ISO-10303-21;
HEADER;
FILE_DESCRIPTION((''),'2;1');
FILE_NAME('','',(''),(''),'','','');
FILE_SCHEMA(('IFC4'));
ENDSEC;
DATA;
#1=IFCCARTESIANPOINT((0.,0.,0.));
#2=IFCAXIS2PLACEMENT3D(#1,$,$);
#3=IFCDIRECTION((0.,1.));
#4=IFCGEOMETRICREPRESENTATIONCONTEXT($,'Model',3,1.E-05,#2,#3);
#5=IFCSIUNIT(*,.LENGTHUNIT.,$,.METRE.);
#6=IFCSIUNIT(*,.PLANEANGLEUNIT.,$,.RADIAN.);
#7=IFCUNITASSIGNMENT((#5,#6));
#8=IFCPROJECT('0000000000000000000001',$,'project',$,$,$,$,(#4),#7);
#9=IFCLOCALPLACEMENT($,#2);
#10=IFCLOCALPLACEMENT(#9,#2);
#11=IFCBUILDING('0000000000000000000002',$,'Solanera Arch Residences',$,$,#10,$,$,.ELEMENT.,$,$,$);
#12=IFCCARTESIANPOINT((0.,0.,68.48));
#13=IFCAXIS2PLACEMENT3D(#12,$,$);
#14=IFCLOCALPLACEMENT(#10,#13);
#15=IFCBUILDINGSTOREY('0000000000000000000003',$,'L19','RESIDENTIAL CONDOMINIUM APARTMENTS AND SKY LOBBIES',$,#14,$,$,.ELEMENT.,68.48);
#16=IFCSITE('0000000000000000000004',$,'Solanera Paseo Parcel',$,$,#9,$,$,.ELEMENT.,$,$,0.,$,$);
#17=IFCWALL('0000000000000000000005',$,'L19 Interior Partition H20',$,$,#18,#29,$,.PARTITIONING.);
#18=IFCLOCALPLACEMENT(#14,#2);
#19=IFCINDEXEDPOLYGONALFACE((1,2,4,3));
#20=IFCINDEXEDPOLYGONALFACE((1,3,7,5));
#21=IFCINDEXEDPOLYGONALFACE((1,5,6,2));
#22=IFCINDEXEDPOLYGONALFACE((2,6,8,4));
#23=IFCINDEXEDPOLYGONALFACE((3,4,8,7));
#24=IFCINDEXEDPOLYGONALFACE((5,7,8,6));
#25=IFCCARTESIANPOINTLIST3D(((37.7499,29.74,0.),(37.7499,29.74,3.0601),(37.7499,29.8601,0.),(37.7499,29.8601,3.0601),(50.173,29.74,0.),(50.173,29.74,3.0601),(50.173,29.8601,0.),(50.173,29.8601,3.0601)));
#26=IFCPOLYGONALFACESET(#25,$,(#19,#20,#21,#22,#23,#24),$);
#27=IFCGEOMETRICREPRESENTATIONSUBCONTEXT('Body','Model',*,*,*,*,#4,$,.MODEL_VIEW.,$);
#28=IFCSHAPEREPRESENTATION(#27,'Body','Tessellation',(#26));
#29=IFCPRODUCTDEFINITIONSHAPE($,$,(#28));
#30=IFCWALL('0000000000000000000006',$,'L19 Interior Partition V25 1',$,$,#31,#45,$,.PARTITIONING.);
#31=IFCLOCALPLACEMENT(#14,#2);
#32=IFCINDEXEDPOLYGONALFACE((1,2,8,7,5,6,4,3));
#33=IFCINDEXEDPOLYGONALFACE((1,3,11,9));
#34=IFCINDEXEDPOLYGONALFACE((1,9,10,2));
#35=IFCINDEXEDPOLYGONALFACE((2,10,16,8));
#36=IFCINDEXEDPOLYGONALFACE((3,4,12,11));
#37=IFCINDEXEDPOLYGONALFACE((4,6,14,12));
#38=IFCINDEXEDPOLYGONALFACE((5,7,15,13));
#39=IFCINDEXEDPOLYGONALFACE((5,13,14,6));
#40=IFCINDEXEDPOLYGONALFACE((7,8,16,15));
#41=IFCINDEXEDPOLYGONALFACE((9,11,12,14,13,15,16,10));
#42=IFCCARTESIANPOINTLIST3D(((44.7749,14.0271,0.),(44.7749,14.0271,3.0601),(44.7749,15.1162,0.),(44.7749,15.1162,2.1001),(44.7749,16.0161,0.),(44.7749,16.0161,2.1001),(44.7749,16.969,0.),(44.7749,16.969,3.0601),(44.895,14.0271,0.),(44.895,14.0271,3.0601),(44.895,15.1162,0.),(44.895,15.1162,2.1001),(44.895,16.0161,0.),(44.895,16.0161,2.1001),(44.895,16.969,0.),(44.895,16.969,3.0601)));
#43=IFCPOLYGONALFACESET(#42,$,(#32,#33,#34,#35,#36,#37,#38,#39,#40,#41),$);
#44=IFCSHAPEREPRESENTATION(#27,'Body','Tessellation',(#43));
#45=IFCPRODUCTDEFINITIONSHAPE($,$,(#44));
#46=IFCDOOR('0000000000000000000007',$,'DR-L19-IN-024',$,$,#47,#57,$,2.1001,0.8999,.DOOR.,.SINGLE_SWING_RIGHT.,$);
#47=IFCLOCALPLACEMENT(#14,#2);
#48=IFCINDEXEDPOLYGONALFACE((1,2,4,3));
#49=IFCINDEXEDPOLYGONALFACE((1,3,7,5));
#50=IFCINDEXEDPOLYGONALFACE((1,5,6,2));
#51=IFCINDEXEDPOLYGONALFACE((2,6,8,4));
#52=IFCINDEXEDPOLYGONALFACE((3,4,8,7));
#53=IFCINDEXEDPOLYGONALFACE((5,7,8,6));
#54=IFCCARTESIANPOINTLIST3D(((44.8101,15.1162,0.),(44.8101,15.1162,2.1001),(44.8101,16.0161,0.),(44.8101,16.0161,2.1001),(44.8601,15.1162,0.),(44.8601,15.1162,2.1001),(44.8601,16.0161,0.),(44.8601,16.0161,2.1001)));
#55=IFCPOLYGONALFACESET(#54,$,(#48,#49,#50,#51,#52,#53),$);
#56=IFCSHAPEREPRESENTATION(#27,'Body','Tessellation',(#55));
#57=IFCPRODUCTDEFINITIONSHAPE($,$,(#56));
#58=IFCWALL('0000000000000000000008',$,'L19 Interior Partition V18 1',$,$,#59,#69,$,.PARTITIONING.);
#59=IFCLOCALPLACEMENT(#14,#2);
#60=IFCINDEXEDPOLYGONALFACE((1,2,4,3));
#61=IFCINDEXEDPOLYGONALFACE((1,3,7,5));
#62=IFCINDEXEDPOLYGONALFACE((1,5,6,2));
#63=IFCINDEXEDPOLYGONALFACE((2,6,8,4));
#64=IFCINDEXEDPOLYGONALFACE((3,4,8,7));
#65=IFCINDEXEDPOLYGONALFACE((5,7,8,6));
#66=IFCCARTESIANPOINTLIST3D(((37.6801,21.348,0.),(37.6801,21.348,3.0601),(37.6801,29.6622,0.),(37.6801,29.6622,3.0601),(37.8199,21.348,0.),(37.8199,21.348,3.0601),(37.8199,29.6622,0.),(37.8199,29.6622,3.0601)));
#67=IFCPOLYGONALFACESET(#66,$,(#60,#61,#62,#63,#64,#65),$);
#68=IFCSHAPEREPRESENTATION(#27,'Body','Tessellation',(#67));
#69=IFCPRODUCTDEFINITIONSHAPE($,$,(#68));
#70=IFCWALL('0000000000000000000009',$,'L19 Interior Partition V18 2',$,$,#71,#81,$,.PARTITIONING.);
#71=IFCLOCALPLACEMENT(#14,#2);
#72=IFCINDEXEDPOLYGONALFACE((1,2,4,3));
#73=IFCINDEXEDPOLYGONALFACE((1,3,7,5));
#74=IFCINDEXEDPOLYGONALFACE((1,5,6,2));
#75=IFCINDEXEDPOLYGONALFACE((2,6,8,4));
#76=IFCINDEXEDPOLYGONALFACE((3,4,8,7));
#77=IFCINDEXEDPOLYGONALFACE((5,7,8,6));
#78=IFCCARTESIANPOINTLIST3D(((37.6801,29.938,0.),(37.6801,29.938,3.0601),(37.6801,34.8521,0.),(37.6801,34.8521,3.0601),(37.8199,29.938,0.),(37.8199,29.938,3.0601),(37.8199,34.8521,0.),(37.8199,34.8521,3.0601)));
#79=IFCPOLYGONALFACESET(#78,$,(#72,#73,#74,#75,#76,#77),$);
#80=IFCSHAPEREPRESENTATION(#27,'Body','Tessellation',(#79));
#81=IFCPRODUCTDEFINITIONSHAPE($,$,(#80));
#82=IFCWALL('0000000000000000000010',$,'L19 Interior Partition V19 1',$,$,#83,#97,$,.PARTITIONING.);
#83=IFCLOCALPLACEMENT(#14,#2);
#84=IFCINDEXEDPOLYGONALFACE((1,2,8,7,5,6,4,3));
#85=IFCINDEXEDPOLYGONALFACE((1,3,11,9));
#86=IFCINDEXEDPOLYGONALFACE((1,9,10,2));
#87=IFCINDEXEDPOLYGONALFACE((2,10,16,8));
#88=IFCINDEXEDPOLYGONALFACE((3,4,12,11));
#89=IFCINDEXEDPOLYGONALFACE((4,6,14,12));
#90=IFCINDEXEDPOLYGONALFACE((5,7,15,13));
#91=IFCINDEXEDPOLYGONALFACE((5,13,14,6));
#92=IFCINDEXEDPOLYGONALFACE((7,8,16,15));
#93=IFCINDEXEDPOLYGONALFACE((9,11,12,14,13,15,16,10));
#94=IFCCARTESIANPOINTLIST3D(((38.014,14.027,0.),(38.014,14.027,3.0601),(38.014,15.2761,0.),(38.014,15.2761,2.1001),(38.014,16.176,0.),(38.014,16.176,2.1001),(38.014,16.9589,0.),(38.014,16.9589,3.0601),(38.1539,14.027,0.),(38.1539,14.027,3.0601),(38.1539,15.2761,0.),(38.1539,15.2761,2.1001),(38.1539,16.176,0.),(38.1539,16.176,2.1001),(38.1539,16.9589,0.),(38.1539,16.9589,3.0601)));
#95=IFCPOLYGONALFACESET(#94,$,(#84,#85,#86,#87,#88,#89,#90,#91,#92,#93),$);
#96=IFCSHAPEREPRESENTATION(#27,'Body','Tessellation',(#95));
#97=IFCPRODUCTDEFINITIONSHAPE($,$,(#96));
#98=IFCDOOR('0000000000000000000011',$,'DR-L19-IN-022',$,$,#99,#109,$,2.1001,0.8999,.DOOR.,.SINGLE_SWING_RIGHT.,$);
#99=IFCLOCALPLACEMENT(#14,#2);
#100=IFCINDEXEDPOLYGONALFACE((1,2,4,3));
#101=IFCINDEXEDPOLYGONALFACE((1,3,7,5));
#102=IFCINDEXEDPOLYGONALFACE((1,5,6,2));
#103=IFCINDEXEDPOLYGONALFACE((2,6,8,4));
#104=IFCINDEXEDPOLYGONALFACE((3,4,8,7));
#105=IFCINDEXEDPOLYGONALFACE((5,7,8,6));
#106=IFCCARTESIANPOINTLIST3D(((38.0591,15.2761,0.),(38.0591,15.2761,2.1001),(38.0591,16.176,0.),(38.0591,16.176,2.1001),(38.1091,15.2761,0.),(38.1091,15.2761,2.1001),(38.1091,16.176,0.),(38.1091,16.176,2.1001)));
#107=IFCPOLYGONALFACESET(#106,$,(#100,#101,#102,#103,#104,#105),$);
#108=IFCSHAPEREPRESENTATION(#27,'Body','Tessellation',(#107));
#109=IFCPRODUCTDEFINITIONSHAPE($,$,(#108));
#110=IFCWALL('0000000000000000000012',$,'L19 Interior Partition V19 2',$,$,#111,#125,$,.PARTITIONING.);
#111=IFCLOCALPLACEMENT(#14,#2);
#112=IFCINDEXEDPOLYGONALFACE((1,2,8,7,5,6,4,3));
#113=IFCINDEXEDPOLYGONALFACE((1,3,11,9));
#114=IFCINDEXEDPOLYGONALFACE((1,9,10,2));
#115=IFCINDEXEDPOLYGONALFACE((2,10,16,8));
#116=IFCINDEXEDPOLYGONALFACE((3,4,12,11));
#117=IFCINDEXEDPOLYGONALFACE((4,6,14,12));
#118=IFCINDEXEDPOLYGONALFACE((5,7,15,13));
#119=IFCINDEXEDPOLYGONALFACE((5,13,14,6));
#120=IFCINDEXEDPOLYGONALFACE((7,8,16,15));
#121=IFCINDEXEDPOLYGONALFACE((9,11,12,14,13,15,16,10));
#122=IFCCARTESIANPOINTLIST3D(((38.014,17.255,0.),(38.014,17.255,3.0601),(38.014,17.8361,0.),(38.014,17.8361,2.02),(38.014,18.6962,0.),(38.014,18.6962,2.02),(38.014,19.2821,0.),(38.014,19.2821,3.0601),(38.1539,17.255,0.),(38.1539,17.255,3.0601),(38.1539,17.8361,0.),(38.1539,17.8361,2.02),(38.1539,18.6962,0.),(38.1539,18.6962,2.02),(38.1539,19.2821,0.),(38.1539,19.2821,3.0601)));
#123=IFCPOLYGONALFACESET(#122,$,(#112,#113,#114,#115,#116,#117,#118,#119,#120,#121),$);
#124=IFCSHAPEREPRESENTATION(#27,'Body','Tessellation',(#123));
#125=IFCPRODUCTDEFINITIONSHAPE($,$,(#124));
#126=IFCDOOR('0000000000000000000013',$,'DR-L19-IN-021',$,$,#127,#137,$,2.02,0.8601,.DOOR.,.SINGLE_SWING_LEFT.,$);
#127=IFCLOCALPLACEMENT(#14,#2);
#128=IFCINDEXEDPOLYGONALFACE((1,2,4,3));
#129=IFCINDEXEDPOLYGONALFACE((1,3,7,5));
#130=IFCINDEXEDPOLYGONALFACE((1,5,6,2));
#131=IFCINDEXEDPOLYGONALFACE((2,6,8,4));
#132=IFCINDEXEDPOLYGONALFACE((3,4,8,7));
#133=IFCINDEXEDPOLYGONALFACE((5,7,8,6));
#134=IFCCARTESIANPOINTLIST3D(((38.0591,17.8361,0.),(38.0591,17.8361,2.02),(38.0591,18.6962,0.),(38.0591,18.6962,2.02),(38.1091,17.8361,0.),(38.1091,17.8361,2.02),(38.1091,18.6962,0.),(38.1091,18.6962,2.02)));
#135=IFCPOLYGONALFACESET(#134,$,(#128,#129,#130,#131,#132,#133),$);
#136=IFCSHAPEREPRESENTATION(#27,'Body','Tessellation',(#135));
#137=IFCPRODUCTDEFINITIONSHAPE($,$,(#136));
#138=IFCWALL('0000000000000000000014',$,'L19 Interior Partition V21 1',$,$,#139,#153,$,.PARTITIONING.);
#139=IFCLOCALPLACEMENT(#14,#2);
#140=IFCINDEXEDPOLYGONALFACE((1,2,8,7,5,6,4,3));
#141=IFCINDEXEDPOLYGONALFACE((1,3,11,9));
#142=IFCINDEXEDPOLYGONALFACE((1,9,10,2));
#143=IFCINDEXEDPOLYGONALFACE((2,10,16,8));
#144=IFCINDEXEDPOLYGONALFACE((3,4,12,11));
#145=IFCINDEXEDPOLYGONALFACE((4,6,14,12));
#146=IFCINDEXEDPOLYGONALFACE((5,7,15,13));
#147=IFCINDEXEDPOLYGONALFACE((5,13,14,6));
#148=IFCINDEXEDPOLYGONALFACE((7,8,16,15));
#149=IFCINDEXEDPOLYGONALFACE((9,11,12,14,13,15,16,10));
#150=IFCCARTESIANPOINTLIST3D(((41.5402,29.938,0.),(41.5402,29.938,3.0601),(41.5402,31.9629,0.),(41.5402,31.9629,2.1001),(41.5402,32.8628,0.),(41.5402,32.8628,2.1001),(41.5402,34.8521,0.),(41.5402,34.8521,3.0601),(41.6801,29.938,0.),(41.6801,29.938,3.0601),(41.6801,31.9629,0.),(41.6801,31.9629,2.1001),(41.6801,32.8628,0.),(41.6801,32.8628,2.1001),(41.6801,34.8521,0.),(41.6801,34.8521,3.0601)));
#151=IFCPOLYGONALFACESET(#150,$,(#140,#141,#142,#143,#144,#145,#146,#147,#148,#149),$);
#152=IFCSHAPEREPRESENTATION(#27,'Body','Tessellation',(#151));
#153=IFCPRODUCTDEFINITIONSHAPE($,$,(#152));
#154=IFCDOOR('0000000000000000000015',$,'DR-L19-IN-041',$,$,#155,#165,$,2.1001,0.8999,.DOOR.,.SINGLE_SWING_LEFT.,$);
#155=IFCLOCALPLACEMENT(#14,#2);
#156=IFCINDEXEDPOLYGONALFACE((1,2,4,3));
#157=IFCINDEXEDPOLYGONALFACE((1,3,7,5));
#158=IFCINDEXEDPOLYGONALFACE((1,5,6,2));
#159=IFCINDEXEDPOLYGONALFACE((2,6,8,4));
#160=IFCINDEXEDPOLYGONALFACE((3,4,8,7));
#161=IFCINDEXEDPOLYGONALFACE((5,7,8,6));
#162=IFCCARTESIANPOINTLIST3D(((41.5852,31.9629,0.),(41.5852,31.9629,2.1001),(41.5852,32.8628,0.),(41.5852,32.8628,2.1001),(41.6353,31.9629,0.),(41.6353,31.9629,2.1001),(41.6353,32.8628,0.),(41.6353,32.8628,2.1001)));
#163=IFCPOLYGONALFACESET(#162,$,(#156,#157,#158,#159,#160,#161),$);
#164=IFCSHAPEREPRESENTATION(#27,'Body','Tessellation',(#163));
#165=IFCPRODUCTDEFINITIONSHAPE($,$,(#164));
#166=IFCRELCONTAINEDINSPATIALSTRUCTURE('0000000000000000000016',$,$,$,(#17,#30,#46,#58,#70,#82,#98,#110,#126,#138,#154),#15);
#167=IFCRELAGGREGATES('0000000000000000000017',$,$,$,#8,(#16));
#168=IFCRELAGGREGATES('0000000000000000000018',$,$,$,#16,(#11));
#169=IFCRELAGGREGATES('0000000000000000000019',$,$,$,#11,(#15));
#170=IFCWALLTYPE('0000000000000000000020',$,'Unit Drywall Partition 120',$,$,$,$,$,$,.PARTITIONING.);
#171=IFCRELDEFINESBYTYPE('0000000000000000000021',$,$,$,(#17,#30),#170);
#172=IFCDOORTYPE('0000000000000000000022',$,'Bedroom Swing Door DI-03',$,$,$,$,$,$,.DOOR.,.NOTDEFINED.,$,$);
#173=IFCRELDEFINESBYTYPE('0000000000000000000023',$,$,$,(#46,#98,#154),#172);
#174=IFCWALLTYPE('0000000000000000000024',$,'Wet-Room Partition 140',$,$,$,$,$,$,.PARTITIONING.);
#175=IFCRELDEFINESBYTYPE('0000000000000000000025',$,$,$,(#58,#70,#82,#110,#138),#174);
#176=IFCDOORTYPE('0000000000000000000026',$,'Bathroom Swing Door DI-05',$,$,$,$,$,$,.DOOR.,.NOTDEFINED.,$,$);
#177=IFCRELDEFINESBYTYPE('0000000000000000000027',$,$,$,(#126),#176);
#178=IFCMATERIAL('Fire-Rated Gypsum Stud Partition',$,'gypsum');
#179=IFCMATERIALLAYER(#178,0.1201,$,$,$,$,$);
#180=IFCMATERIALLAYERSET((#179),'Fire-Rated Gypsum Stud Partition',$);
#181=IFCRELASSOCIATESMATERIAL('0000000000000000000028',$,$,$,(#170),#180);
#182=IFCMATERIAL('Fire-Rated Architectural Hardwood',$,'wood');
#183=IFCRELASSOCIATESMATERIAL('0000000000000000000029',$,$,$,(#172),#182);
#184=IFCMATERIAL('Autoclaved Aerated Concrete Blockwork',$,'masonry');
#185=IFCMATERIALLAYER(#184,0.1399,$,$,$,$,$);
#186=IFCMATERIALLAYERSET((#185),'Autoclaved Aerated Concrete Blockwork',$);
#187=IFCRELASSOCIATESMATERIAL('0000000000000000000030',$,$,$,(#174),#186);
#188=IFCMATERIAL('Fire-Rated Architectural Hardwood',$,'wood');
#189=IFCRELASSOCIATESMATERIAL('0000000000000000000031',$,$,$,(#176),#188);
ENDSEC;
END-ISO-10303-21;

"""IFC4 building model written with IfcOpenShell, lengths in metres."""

from ifc_helpers import new_model, si_unit, direction, frame, frame_2d, origin, place, context, subcontext, project, spatial, rectangle, extrude, material, layer, layer_set, type_object, element, fill, save


model = new_model("IFC4")

# Units and contexts
model_context = context("Model", 3, precision=1e-05, world=origin(), true_north=direction((0.0, 1.0)))
body_context = subcontext(model_context, "Body", "Model", "MODEL_VIEW")
ifc_project = project(units=[si_unit("LENGTHUNIT", "METRE"), si_unit("PLANEANGLEUNIT", "RADIAN")], contexts=[model_context])

# Site, building, storey
site_placement = place(None, origin())
site = spatial("IfcSite", under=ifc_project, at=site_placement, Name="Solanera Paseo Parcel", CompositionType="ELEMENT", RefElevation=0.0)
building_placement = place(site_placement, origin())
building = spatial("IfcBuilding", under=site, at=building_placement, Name="Solanera Arch Residences", CompositionType="ELEMENT")
storey_placement = place(building_placement, frame((0.0, 0.0, 68.48)))
storey = spatial("IfcBuildingStorey", under=building, at=storey_placement, Name="L19", Description="RESIDENTIAL CONDOMINIUM APARTMENTS AND SKY LOBBIES", CompositionType="ELEMENT", Elevation=68.48)

# Wall
ifc_material_1 = material(Name="Fire-Rated Gypsum Stud Partition", Category="gypsum")
ifc_layer_1 = layer(ifc_material_1, 0.1201)
ifc_layer_set_1 = layer_set([ifc_layer_1], Name="Fire-Rated Gypsum Stud Partition")
wall_type_1 = type_object("IfcWallType", Name="Unit Drywall Partition 120", PredefinedType="PARTITIONING", material=ifc_layer_set_1)
wall_1_placement = place(storey_placement, frame((37.75, 29.8, 0.0), z_axis=(0.0, 0.0, 1.0), x_axis=(1.0, 0.0, 0.0)))
element("IfcWall", 1, at=wall_1_placement, inside=storey, type_object=wall_type_1, Name="L19 Interior Partition H20", PredefinedType="PARTITIONING", context=body_context, shape_type="SweptSolid", body=[
    extrude(rectangle(XDim=12.4231, YDim=0.1201, at=frame_2d((6.2114, 0.0))), origin(), (0.0, 0.0, 1.0), 3.0601),
])

# Wall, opening, door
wall_2_placement = place(storey_placement, frame((44.835, 14.0271, 0.0), z_axis=(0.0, 0.0, 1.0), x_axis=(0.0, 1.0, 0.0)))
wall_2 = element("IfcWall", 2, at=wall_2_placement, inside=storey, type_object=wall_type_1, Name="L19 Interior Partition V25 1", PredefinedType="PARTITIONING", context=body_context, shape_type="SweptSolid", body=[
    extrude(rectangle(XDim=2.9419, YDim=0.1201, at=frame_2d((1.4709, 0.0))), origin(), (0.0, 0.0, 1.0), 3.0601),
])
opening_1_placement = place(wall_2_placement, frame((1.0891, 0.0, 0.0)))
opening_1 = element("IfcOpeningElement", 3, at=opening_1_placement, cuts=wall_2, PredefinedType="OPENING", context=body_context, shape_type="SweptSolid", body=[
    extrude(rectangle(XDim=0.8999, YDim=2.1001, at=frame_2d((0.45, 1.05))), frame((0.0, 0.0701, 0.0), z_axis=(0.0, -1.0, 0.0), x_axis=(1.0, 0.0, 0.0)), (0.0, 0.0, 1.0), 0.1401),
])
ifc_material_2 = material(Name="Fire-Rated Architectural Hardwood", Category="wood")
door_type_1 = type_object("IfcDoorType", Name="Bedroom Swing Door DI-03", OperationType="NOTDEFINED", PredefinedType="DOOR", material=ifc_material_2)
door_1_placement = place(opening_1_placement, origin())
door_1 = element("IfcDoor", 4, at=door_1_placement, inside=storey, type_object=door_type_1, Name="DR-L19-IN-024", OperationType="SINGLE_SWING_RIGHT", OverallHeight=2.1001, OverallWidth=0.8999, PredefinedType="DOOR", context=body_context, shape_type="SweptSolid", body=[
    extrude(rectangle(XDim=0.8999, YDim=2.1001, at=frame_2d((0.45, 1.05))), frame((0.0, 0.0249, 0.0), z_axis=(0.0, -1.0, 0.0), x_axis=(1.0, 0.0, 0.0)), (0.0, 0.0, 1.0), 0.05),
])
fill(opening_1, door_1)

# Walls
ifc_material_3 = material(Name="Autoclaved Aerated Concrete Blockwork", Category="masonry")
ifc_layer_2 = layer(ifc_material_3, 0.1399)
ifc_layer_set_2 = layer_set([ifc_layer_2], Name="Autoclaved Aerated Concrete Blockwork")
wall_type_2 = type_object("IfcWallType", Name="Wet-Room Partition 140", PredefinedType="PARTITIONING", material=ifc_layer_set_2)
wall_3_placement = place(storey_placement, frame((37.75, 21.3479, 0.0), z_axis=(0.0, 0.0, 1.0), x_axis=(0.0, 1.0, 0.0)))
element("IfcWall", 5, at=wall_3_placement, inside=storey, type_object=wall_type_2, Name="L19 Interior Partition V18 1", PredefinedType="PARTITIONING", context=body_context, shape_type="SweptSolid", body=[
    extrude(rectangle(XDim=8.3142, YDim=0.1399, at=frame_2d((4.1572, 0.0))), origin(), (0.0, 0.0, 1.0), 3.0601),
])
wall_4_placement = place(storey_placement, frame((37.75, 29.938, 0.0), z_axis=(0.0, 0.0, 1.0), x_axis=(0.0, 1.0, 0.0)))
element("IfcWall", 6, at=wall_4_placement, inside=storey, type_object=wall_type_2, Name="L19 Interior Partition V18 2", PredefinedType="PARTITIONING", context=body_context, shape_type="SweptSolid", body=[
    extrude(rectangle(XDim=4.9141, YDim=0.1399, at=frame_2d((2.457, 0.0))), origin(), (0.0, 0.0, 1.0), 3.0601),
])

# Walls, openings, doors
wall_5_placement = place(storey_placement, frame((38.084, 14.0271, 0.0), z_axis=(0.0, 0.0, 1.0), x_axis=(0.0, 1.0, 0.0)))
wall_5 = element("IfcWall", 7, at=wall_5_placement, inside=storey, type_object=wall_type_2, Name="L19 Interior Partition V19 1", PredefinedType="PARTITIONING", context=body_context, shape_type="SweptSolid", body=[
    extrude(rectangle(XDim=2.9319, YDim=0.1399, at=frame_2d((1.4658, 0.0))), origin(), (0.0, 0.0, 1.0), 3.0601),
])
opening_2_placement = place(wall_5_placement, frame((1.249, 0.0, 0.0)))
opening_2 = element("IfcOpeningElement", 8, at=opening_2_placement, cuts=wall_5, PredefinedType="OPENING", context=body_context, shape_type="SweptSolid", body=[
    extrude(rectangle(XDim=0.8999, YDim=2.1001, at=frame_2d((0.45, 1.05))), frame((0.0, 0.0798, 0.0), z_axis=(0.0, -1.0, 0.0), x_axis=(1.0, 0.0, 0.0)), (0.0, 0.0, 1.0), 0.1599),
])
door_2_placement = place(opening_2_placement, origin())
door_2 = element("IfcDoor", 9, at=door_2_placement, inside=storey, type_object=door_type_1, Name="DR-L19-IN-022", OperationType="SINGLE_SWING_RIGHT", OverallHeight=2.1001, OverallWidth=0.8999, PredefinedType="DOOR", context=body_context, shape_type="SweptSolid", body=[
    extrude(rectangle(XDim=0.8999, YDim=2.1001, at=frame_2d((0.45, 1.05))), frame((0.0, 0.0249, 0.0), z_axis=(0.0, -1.0, 0.0), x_axis=(1.0, 0.0, 0.0)), (0.0, 0.0, 1.0), 0.05),
])
fill(opening_2, door_2)
wall_6_placement = place(storey_placement, frame((38.084, 17.2549, 0.0), z_axis=(0.0, 0.0, 1.0), x_axis=(0.0, 1.0, 0.0)))
wall_6 = element("IfcWall", 10, at=wall_6_placement, inside=storey, type_object=wall_type_2, Name="L19 Interior Partition V19 2", PredefinedType="PARTITIONING", context=body_context, shape_type="SweptSolid", body=[
    extrude(rectangle(XDim=2.0271, YDim=0.1399, at=frame_2d((1.0137, 0.0))), origin(), (0.0, 0.0, 1.0), 3.0601),
])
opening_3_placement = place(wall_6_placement, frame((0.5811, 0.0, 0.0)))
opening_3 = element("IfcOpeningElement", 11, at=opening_3_placement, cuts=wall_6, PredefinedType="OPENING", context=body_context, shape_type="SweptSolid", body=[
    extrude(rectangle(XDim=0.8601, YDim=2.02, at=frame_2d((0.4302, 1.01))), frame((0.0, 0.0798, 0.0), z_axis=(0.0, -1.0, 0.0), x_axis=(1.0, 0.0, 0.0)), (0.0, 0.0, 1.0), 0.1599),
])
ifc_material_4 = material(Name="Fire-Rated Architectural Hardwood", Category="wood")
door_type_2 = type_object("IfcDoorType", Name="Bathroom Swing Door DI-05", OperationType="NOTDEFINED", PredefinedType="DOOR", material=ifc_material_4)
door_3_placement = place(opening_3_placement, origin())
door_3 = element("IfcDoor", 12, at=door_3_placement, inside=storey, type_object=door_type_2, Name="DR-L19-IN-021", OperationType="SINGLE_SWING_LEFT", OverallHeight=2.02, OverallWidth=0.8601, PredefinedType="DOOR", context=body_context, shape_type="SweptSolid", body=[
    extrude(rectangle(XDim=0.8601, YDim=2.02, at=frame_2d((0.4302, 1.01))), frame((0.0, 0.0249, 0.0), z_axis=(0.0, -1.0, 0.0), x_axis=(1.0, 0.0, 0.0)), (0.0, 0.0, 1.0), 0.05),
])
fill(opening_3, door_3)
wall_7_placement = place(storey_placement, frame((41.6101, 29.938, 0.0), z_axis=(0.0, 0.0, 1.0), x_axis=(0.0, 1.0, 0.0)))
wall_7 = element("IfcWall", 13, at=wall_7_placement, inside=storey, type_object=wall_type_2, Name="L19 Interior Partition V21 1", PredefinedType="PARTITIONING", context=body_context, shape_type="SweptSolid", body=[
    extrude(rectangle(XDim=4.9141, YDim=0.1399, at=frame_2d((2.457, 0.0))), origin(), (0.0, 0.0, 1.0), 3.0601),
])
opening_4_placement = place(wall_7_placement, frame((2.0249, 0.0, 0.0)))
opening_4 = element("IfcOpeningElement", 14, at=opening_4_placement, cuts=wall_7, PredefinedType="OPENING", context=body_context, shape_type="SweptSolid", body=[
    extrude(rectangle(XDim=0.8999, YDim=2.1001, at=frame_2d((0.45, 1.05))), frame((0.0, 0.0798, 0.0), z_axis=(0.0, -1.0, 0.0), x_axis=(1.0, 0.0, 0.0)), (0.0, 0.0, 1.0), 0.1599),
])
door_4_placement = place(opening_4_placement, origin())
door_4 = element("IfcDoor", 15, at=door_4_placement, inside=storey, type_object=door_type_1, Name="DR-L19-IN-041", OperationType="SINGLE_SWING_LEFT", OverallHeight=2.1001, OverallWidth=0.8999, PredefinedType="DOOR", context=body_context, shape_type="SweptSolid", body=[
    extrude(rectangle(XDim=0.8999, YDim=2.1001, at=frame_2d((0.45, 1.05))), frame((0.0, 0.0249, 0.0), z_axis=(0.0, -1.0, 0.0), x_axis=(1.0, 0.0, 0.0)), (0.0, 0.0, 1.0), 0.05),
])
fill(opening_4, door_4)

save(model, "model.ifc")
